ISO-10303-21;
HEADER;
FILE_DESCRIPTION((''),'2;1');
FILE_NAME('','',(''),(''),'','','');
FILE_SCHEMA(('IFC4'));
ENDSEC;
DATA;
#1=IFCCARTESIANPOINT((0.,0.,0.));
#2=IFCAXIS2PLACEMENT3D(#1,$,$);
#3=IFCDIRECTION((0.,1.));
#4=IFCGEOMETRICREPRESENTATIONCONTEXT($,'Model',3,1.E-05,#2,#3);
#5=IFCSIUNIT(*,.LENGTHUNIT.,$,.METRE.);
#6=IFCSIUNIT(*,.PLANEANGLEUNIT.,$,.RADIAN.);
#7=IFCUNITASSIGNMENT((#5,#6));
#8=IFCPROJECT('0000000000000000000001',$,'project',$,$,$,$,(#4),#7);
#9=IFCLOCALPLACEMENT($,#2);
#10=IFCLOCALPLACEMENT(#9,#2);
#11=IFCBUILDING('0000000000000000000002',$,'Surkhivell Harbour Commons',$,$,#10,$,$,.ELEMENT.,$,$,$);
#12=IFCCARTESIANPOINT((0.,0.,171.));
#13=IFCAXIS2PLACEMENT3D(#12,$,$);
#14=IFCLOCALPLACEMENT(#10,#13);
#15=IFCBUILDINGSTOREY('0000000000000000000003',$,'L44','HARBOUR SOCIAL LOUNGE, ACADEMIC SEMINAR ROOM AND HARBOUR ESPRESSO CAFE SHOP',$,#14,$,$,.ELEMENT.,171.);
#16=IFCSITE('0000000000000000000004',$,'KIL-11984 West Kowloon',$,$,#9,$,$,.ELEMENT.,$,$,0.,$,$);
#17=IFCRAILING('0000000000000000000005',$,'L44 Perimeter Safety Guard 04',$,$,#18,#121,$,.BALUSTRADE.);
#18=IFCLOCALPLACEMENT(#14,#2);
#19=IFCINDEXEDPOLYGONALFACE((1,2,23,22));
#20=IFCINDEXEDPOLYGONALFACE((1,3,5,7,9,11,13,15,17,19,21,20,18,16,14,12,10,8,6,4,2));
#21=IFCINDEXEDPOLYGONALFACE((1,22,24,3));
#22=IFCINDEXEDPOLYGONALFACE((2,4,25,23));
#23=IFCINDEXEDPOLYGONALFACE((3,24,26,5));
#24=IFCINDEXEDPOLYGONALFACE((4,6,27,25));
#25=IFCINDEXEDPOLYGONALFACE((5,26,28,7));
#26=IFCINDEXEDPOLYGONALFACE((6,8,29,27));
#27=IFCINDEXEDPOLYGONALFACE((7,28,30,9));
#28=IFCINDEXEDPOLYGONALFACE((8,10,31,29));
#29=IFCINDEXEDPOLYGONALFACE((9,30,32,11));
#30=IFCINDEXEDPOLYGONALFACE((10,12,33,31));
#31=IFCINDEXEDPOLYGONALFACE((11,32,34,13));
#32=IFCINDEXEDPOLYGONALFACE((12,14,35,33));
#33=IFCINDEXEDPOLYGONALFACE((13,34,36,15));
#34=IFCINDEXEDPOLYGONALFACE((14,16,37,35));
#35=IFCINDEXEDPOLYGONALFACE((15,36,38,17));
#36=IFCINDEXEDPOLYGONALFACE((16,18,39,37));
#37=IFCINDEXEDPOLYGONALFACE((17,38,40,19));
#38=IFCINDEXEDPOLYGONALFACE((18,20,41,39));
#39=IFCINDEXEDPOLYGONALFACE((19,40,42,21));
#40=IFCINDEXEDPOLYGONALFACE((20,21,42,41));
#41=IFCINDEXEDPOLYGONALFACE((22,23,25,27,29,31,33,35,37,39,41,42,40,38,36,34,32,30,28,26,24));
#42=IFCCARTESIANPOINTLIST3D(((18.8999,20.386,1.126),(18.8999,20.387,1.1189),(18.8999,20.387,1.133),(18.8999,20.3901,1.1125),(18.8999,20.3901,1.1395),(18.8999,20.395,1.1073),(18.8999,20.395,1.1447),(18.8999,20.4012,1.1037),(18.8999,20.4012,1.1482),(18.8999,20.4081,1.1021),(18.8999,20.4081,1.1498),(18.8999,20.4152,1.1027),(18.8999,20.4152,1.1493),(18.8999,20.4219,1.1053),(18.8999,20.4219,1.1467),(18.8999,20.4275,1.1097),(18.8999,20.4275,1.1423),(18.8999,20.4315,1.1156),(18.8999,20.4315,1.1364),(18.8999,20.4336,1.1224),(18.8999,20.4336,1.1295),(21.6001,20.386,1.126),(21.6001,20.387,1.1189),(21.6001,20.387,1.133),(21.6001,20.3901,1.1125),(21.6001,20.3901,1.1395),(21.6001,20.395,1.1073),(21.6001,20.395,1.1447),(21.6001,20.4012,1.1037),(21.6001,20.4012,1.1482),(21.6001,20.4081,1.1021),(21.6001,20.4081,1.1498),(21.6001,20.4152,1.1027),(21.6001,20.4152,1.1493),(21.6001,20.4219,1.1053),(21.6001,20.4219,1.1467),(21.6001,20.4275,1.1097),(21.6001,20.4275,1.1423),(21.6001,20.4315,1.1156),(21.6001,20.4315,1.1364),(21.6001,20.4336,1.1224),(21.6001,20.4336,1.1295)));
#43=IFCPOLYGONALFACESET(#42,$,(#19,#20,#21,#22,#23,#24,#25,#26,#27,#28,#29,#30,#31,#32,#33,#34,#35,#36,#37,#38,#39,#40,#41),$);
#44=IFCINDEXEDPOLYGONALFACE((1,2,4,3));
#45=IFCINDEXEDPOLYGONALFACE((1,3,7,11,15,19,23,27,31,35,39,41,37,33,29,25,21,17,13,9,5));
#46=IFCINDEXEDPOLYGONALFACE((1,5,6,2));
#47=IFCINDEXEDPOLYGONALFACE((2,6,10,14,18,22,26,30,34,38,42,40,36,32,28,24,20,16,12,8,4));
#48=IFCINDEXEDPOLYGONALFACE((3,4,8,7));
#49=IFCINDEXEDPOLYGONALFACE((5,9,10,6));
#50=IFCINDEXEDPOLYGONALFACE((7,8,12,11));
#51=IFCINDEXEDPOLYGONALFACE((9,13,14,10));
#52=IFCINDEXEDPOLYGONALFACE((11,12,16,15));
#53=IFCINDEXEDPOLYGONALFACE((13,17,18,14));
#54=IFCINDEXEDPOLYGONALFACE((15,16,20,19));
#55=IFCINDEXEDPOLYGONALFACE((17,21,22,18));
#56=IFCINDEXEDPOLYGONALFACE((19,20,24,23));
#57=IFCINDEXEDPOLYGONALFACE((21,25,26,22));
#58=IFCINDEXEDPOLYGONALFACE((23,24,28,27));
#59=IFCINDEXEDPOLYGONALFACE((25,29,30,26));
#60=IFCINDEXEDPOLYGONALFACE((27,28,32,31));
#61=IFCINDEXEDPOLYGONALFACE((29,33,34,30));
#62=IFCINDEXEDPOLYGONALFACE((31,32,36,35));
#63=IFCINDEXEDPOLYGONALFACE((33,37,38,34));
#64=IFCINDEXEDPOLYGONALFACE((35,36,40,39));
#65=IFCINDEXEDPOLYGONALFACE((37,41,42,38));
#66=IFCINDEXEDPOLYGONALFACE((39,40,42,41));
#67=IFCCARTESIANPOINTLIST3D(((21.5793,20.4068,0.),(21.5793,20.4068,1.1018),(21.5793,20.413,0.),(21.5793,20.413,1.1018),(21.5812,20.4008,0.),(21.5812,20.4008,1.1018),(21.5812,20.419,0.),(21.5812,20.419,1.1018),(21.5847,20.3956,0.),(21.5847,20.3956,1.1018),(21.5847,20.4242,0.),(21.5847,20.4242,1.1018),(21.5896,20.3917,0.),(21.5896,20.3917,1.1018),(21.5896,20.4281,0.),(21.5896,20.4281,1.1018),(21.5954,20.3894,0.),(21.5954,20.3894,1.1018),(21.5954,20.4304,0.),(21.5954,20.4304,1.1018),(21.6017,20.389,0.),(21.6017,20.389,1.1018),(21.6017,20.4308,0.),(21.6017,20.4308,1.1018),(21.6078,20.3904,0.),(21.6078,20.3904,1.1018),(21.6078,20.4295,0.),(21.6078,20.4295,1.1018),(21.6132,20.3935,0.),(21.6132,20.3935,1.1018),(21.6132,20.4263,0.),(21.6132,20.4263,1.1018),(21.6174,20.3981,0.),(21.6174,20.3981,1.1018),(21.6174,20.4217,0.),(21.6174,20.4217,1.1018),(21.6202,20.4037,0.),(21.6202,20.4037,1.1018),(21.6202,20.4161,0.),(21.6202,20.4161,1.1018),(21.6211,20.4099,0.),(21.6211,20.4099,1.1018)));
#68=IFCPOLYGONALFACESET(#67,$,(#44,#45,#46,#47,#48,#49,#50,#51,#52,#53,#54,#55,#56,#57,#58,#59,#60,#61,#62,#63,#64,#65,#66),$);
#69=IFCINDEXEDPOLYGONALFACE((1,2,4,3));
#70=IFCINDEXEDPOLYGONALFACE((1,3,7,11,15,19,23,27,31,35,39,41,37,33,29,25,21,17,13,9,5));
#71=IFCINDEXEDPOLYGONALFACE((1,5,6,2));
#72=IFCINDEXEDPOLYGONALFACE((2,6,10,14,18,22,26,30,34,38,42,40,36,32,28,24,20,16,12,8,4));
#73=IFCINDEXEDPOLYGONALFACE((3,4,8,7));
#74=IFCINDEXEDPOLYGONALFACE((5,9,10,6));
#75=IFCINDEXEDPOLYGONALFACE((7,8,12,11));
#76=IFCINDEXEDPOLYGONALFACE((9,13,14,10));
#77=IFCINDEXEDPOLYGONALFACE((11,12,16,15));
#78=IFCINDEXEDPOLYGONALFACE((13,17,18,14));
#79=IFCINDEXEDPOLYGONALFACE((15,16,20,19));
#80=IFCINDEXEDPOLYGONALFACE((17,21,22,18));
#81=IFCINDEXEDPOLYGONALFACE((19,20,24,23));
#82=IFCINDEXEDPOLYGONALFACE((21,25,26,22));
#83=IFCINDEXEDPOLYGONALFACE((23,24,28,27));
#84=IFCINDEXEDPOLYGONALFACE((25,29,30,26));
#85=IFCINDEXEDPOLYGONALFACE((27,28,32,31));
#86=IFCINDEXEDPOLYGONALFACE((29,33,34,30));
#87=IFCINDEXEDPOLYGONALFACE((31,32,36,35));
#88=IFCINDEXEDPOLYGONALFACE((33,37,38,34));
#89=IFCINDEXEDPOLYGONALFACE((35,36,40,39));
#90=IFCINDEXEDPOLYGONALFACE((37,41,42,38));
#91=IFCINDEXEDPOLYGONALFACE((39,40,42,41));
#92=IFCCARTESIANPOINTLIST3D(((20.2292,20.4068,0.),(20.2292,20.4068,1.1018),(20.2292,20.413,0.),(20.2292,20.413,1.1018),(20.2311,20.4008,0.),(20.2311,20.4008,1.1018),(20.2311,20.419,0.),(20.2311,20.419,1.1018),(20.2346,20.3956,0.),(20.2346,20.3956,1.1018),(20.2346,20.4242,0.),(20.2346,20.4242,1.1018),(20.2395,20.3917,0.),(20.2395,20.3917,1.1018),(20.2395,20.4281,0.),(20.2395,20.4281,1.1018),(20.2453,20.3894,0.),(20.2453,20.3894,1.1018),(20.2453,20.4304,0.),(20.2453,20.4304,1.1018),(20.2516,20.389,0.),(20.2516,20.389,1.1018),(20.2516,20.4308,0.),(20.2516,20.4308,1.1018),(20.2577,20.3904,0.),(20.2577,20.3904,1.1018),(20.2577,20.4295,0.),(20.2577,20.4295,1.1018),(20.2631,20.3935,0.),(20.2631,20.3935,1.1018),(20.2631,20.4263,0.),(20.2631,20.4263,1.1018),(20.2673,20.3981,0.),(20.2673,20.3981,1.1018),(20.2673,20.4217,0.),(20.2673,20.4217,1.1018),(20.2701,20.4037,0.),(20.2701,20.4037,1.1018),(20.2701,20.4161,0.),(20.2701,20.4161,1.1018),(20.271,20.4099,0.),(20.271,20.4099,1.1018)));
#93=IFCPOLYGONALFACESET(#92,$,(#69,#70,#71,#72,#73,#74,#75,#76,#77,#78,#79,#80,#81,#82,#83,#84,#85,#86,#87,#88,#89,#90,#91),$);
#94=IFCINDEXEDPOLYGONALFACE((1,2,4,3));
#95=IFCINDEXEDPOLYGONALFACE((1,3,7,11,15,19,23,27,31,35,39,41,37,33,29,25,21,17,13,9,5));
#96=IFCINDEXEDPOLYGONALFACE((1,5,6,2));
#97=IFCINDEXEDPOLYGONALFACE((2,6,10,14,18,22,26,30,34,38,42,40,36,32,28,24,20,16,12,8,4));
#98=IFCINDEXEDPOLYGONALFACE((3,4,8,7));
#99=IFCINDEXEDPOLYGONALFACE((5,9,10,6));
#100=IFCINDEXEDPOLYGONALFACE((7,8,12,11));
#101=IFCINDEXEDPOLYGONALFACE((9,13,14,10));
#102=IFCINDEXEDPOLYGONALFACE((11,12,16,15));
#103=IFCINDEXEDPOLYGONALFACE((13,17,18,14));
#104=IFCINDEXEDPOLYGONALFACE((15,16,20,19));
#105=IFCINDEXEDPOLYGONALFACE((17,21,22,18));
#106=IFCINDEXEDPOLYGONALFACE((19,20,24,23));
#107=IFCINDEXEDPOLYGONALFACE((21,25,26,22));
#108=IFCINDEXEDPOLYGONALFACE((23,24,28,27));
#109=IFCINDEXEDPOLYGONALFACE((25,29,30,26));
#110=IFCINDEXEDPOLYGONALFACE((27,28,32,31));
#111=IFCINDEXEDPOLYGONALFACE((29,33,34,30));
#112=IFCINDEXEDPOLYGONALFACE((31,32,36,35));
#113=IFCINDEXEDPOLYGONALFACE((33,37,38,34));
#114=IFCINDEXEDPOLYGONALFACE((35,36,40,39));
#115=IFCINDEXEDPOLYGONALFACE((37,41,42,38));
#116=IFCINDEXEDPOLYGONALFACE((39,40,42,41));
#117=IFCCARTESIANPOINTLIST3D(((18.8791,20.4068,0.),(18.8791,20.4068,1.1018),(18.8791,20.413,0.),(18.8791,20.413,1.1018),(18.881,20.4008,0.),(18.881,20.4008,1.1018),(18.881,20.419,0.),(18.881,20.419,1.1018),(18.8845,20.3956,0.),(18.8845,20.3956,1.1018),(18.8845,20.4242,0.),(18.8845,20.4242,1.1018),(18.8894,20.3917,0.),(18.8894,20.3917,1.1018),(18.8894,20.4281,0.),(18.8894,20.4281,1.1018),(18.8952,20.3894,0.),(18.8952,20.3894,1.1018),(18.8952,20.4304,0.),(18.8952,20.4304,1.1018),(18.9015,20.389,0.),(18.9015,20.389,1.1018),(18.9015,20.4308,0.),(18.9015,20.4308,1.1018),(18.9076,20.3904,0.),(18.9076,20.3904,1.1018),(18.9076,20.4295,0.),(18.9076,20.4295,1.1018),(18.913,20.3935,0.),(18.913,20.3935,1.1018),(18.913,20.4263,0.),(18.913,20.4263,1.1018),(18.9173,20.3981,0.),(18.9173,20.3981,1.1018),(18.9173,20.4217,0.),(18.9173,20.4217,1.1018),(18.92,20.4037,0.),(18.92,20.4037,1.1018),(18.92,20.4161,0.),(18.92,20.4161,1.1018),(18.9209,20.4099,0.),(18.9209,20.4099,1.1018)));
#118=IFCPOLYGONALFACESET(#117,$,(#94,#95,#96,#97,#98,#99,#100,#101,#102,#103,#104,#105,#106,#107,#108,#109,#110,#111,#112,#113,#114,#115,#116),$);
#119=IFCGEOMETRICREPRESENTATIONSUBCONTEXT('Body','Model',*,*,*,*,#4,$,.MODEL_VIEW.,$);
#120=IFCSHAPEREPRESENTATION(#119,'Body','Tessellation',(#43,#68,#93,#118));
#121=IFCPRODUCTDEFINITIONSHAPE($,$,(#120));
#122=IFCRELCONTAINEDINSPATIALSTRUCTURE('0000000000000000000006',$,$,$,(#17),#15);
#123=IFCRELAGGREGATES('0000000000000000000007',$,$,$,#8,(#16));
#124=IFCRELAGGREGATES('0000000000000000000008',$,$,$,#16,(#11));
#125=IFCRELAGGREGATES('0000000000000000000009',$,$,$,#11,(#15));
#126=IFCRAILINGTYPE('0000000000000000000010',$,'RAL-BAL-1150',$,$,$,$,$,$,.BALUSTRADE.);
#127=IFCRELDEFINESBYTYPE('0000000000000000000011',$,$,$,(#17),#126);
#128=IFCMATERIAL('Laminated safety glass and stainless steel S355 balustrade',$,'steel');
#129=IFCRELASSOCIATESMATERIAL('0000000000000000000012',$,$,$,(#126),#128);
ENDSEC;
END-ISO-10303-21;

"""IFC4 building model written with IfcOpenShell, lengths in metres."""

from ifc_helpers import new_model, si_unit, direction, frame, origin, origin_2d, place, context, subcontext, project, spatial, circle, extrude, material, type_object, element, save


model = new_model("IFC4")

# Units and contexts
model_context = context("Model", 3, precision=1e-05, world=origin(), true_north=direction((0.0, 1.0)))
body_context = subcontext(model_context, "Body", "Model", "MODEL_VIEW")
ifc_project = project(units=[si_unit("LENGTHUNIT", "METRE"), si_unit("PLANEANGLEUNIT", "RADIAN")], contexts=[model_context])

# Site, building, storey
site_placement = place(None, origin())
site = spatial("IfcSite", under=ifc_project, at=site_placement, Name="KIL-11984 West Kowloon", CompositionType="ELEMENT", RefElevation=0.0)
building_placement = place(site_placement, origin())
building = spatial("IfcBuilding", under=site, at=building_placement, Name="Surkhivell Harbour Commons", CompositionType="ELEMENT")
storey_placement = place(building_placement, frame((0.0, 0.0, 171.0)))
storey = spatial("IfcBuildingStorey", under=building, at=storey_placement, Name="L44", Description="HARBOUR SOCIAL LOUNGE, ACADEMIC SEMINAR ROOM AND HARBOUR ESPRESSO CAFE SHOP", CompositionType="ELEMENT", Elevation=171.0)

# Railing
ifc_material_1 = material(Name="Laminated safety glass and stainless steel S355 balustrade", Category="steel")
railing_type = type_object("IfcRailingType", Name="RAL-BAL-1150", PredefinedType="BALUSTRADE", material=ifc_material_1)
railing_1_placement = place(storey_placement, frame((21.6001, 20.4099, 0.0)))
element("IfcRailing", 1, at=railing_1_placement, inside=storey, type_object=railing_type, Name="L44 Perimeter Safety Guard 04", PredefinedType="BALUSTRADE", context=body_context, shape_type="SweptSolid", body=[
    extrude(circle(Radius=0.0239, at=origin_2d()), frame((0.0, 0.0, 1.126), z_axis=(-1.0, 0.0, 0.0), x_axis=(0.0, -1.0, 0.0)), (0.0, 0.0, 1.0), 2.7002),
    extrude(circle(Radius=0.021, at=origin_2d()), origin(), (0.0, 0.0, 1.0), 1.1018),
    extrude(circle(Radius=0.021, at=origin_2d()), frame((-1.3501, 0.0, 0.0)), (0.0, 0.0, 1.0), 1.1018),
    extrude(circle(Radius=0.021, at=origin_2d()), frame((-2.7002, 0.0, 0.0)), (0.0, 0.0, 1.0), 1.1018),
])

save(model, "model.ifc")
